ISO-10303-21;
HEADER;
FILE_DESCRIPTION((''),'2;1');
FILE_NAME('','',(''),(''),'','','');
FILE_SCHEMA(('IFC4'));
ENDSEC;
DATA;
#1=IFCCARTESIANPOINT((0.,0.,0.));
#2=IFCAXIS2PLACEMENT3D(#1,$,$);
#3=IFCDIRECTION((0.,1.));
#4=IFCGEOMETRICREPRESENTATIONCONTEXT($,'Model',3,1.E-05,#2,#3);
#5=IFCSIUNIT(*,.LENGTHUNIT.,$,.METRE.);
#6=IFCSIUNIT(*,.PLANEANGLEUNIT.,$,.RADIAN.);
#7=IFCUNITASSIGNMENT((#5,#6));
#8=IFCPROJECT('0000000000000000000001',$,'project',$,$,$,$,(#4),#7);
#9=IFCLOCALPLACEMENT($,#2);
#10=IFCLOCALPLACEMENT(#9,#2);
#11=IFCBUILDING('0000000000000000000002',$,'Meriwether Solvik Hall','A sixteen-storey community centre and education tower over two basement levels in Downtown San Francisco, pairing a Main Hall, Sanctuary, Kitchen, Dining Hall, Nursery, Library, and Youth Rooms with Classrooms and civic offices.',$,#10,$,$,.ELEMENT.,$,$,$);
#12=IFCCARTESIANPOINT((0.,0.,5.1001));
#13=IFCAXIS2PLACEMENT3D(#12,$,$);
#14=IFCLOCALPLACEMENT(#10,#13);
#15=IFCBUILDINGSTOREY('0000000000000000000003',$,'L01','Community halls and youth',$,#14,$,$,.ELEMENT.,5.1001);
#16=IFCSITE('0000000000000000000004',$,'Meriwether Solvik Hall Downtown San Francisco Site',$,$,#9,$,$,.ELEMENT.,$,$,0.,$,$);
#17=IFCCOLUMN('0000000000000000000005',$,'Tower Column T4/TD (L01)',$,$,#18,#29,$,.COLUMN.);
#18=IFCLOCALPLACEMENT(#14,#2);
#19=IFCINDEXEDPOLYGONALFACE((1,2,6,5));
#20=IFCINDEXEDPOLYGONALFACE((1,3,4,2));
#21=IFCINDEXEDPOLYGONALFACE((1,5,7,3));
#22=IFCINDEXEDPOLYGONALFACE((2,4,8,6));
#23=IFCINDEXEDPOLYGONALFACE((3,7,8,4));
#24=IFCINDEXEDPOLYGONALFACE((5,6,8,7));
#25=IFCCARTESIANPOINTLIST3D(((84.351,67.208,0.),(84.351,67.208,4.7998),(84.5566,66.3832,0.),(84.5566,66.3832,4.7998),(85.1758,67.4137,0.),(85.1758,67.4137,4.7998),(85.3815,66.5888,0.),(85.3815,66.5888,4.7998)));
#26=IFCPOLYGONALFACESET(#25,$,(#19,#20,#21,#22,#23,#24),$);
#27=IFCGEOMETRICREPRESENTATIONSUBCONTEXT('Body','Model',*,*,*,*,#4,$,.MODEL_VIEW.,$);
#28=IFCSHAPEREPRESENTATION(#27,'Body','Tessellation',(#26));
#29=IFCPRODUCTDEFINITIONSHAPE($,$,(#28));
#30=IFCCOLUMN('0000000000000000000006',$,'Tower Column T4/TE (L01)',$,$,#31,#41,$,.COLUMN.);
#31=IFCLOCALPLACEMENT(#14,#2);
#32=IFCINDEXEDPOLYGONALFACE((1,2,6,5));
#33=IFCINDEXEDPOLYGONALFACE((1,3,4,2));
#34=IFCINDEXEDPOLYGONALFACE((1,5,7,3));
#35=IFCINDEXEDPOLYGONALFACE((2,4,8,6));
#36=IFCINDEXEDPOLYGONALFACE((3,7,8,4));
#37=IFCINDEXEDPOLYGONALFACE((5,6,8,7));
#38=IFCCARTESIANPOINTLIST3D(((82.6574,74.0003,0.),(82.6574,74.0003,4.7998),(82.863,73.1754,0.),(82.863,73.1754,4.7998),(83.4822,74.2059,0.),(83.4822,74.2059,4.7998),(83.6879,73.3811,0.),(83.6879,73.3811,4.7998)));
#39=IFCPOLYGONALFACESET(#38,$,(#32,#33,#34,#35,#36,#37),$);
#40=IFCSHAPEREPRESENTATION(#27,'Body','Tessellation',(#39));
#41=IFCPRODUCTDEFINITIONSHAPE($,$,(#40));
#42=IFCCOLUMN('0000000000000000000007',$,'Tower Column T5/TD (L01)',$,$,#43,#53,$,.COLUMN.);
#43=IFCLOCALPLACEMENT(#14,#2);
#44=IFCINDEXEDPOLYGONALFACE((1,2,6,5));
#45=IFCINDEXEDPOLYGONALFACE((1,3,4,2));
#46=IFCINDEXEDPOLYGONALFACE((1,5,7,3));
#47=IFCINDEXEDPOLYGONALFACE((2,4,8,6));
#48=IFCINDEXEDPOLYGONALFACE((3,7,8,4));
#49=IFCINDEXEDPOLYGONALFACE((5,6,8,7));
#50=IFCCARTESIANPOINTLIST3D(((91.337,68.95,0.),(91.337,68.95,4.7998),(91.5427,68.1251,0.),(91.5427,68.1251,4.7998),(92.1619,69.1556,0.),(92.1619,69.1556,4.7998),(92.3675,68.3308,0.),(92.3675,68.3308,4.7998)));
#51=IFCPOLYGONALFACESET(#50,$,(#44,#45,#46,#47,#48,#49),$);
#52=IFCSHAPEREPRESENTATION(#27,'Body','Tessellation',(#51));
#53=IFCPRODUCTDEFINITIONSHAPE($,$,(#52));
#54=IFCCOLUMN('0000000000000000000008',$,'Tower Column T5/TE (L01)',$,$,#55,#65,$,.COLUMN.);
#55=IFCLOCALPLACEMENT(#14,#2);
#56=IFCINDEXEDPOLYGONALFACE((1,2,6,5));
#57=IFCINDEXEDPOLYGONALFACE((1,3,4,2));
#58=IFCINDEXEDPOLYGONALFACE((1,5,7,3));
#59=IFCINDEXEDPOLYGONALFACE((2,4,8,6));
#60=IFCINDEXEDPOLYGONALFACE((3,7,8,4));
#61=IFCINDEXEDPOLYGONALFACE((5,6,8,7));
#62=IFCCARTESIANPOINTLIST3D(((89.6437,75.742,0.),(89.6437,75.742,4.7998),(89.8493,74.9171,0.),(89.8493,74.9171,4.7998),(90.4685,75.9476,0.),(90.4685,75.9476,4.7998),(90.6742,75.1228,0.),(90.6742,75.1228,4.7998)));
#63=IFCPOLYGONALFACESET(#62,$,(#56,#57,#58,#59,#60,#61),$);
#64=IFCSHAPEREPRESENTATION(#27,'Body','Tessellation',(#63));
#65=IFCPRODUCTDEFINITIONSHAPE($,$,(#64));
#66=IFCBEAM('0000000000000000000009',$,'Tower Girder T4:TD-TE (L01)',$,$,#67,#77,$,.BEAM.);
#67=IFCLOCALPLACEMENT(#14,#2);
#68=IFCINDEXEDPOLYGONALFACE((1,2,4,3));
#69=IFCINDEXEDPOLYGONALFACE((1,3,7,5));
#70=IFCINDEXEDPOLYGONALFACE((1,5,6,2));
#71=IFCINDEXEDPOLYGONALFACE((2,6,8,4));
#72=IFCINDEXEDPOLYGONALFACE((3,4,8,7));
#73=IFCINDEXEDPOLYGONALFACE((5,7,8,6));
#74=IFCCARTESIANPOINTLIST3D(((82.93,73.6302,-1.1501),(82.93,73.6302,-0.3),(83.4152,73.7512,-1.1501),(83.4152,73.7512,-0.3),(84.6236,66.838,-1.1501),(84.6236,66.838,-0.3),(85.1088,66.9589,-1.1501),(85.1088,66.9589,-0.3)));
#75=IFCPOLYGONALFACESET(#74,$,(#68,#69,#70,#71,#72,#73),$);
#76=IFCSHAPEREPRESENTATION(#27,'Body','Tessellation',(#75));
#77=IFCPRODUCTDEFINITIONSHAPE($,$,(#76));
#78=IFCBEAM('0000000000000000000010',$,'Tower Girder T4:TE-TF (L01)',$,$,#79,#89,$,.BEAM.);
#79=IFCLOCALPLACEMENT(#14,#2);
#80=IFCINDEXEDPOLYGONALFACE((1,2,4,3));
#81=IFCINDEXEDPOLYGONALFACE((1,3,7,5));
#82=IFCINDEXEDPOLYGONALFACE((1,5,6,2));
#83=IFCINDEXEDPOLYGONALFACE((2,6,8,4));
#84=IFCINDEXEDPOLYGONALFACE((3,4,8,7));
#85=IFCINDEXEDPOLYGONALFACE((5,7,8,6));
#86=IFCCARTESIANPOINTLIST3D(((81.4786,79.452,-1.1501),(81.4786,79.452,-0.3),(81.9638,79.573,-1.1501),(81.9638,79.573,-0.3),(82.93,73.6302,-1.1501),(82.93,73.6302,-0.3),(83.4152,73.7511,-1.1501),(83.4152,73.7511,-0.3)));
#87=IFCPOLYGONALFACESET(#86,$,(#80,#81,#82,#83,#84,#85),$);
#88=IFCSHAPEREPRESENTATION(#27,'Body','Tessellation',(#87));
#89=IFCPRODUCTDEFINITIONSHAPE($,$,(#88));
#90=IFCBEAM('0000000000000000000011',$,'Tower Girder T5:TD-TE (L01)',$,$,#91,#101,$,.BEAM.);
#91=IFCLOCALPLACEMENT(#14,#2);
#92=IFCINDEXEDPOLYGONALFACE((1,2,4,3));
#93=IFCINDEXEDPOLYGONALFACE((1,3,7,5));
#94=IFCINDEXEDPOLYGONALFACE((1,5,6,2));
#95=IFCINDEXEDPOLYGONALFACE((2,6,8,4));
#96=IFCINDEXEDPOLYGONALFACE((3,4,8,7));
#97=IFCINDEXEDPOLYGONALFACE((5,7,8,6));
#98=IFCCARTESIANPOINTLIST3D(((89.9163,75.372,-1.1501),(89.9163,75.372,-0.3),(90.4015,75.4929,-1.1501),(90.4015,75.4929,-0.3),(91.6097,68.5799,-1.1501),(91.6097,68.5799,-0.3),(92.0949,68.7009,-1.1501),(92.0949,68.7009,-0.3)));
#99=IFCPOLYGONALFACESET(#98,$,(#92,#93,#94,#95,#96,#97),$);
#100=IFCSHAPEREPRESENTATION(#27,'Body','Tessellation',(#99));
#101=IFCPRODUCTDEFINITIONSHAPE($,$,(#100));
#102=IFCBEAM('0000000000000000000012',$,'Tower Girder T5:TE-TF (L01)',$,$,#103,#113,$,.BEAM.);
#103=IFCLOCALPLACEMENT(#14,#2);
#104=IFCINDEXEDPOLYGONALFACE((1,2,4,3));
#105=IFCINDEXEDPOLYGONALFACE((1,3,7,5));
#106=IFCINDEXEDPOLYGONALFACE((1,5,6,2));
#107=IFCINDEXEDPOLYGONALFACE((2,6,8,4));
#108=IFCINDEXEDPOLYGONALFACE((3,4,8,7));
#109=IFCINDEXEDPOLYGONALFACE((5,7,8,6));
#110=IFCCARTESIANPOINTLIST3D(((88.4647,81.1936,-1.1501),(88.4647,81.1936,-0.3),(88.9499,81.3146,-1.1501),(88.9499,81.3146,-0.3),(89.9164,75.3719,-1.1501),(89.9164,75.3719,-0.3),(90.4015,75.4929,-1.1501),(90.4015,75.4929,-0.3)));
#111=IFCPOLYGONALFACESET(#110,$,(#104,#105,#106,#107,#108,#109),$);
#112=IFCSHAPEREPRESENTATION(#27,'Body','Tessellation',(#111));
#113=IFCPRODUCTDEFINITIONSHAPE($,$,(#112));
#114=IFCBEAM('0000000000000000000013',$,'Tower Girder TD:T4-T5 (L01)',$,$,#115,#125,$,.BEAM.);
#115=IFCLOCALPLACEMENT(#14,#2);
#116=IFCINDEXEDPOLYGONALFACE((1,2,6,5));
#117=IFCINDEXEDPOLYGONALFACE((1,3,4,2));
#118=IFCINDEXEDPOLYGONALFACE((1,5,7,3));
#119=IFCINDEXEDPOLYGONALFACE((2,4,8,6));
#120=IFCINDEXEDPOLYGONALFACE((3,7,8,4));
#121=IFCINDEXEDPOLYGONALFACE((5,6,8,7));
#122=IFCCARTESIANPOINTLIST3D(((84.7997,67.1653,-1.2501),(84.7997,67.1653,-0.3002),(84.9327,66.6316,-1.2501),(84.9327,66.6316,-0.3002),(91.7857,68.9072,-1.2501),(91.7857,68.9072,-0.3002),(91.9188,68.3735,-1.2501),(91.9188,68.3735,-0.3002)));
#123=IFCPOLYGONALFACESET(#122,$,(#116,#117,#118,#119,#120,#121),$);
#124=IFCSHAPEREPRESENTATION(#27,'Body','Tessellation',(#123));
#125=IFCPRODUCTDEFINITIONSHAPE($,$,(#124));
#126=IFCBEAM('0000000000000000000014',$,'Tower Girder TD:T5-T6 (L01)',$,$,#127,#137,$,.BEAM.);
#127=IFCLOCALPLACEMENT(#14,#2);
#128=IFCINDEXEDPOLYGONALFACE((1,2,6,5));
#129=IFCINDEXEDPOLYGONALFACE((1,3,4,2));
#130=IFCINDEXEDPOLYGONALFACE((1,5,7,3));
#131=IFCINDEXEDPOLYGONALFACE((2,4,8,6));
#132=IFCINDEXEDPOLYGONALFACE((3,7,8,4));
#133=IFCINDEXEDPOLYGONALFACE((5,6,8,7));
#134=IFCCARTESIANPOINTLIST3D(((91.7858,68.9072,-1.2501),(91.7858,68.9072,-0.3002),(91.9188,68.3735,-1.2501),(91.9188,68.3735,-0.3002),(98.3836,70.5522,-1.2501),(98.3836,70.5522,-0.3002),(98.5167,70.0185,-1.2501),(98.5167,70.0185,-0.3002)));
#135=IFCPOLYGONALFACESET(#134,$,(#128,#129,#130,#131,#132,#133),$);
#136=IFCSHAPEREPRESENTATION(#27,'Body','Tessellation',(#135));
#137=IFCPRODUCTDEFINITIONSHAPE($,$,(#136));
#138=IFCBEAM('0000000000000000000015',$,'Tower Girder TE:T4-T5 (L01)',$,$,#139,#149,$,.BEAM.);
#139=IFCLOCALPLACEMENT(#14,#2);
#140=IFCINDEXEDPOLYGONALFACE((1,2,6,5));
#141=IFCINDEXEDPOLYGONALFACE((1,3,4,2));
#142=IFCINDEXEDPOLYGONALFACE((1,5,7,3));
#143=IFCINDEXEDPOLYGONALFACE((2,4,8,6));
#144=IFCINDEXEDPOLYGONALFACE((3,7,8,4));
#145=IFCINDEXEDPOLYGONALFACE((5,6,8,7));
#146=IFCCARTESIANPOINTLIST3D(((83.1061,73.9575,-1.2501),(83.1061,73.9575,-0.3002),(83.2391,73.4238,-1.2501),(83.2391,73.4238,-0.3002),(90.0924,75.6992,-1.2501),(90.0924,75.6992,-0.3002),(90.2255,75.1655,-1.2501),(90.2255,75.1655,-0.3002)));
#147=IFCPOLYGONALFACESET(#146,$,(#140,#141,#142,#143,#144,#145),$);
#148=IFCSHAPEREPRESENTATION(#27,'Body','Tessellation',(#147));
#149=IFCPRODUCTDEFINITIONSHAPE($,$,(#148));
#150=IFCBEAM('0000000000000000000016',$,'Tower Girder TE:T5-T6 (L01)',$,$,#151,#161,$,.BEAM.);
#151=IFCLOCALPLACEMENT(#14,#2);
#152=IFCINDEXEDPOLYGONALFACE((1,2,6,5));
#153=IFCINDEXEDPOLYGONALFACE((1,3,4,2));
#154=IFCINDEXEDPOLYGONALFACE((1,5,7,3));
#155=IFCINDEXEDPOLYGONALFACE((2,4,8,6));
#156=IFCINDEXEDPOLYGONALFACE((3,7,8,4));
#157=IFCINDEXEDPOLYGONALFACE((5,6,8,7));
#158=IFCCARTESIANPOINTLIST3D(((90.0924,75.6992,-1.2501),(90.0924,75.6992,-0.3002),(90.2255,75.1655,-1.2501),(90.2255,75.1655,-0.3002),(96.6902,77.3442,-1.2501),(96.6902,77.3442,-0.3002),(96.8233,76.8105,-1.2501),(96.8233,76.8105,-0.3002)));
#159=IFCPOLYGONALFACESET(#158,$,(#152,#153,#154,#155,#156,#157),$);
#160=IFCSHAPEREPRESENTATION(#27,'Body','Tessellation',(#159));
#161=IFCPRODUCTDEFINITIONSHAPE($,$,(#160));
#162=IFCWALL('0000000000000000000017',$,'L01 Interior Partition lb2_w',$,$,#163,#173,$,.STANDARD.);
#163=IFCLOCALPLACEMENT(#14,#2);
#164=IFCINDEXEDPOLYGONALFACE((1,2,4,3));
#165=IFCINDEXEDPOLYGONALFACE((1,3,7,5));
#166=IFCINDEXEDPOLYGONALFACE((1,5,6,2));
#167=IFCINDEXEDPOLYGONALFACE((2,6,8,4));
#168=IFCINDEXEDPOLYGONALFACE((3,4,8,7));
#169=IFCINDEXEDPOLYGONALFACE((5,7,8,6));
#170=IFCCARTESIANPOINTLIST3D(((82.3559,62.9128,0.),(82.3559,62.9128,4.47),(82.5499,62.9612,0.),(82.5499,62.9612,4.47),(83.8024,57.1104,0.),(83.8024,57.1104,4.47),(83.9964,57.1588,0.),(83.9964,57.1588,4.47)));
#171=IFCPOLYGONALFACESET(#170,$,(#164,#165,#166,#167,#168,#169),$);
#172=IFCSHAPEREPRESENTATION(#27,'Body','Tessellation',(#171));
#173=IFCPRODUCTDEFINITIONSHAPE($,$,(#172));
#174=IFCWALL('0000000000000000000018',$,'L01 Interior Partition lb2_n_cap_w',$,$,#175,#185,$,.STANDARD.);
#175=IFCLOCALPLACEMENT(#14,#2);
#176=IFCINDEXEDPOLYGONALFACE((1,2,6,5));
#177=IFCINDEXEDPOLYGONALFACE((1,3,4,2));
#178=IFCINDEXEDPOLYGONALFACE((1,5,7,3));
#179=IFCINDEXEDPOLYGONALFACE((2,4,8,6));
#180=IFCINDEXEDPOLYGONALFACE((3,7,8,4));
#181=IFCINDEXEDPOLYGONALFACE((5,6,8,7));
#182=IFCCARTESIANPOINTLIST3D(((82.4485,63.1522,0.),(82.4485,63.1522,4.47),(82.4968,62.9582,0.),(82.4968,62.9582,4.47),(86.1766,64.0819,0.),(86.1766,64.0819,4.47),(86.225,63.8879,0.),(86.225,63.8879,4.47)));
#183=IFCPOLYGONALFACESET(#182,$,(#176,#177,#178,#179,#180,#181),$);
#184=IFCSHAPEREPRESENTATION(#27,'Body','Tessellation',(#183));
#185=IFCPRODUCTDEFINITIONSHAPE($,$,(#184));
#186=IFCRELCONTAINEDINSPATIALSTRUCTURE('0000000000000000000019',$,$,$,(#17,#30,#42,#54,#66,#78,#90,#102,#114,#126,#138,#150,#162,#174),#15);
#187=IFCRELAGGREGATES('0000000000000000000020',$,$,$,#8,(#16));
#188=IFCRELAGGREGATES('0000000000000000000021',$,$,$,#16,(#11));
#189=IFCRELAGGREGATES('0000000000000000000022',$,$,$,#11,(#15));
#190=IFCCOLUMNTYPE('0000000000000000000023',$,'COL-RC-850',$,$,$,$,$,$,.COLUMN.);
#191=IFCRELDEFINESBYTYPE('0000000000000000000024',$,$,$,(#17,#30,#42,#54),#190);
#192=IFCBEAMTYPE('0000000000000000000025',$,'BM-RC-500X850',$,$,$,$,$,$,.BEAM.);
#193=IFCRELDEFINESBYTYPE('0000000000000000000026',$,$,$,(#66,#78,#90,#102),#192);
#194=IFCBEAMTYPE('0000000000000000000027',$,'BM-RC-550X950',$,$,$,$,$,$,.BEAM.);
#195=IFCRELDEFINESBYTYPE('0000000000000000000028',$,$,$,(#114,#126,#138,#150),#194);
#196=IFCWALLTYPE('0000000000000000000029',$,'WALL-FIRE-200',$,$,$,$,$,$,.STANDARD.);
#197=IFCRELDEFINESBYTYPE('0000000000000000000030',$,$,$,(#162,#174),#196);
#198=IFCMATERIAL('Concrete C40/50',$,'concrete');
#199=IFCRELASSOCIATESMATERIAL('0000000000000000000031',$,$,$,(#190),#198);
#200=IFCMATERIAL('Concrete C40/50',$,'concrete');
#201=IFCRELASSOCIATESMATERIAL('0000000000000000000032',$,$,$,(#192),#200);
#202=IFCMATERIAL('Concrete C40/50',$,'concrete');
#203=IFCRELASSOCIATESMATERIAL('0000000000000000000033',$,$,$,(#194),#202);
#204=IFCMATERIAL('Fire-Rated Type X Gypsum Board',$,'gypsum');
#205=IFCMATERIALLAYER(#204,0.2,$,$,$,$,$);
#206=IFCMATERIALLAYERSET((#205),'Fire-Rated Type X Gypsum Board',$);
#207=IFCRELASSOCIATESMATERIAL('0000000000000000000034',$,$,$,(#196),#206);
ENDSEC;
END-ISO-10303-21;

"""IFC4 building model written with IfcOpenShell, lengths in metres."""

from ifc_helpers import new_model, si_unit, direction, frame, frame_2d, origin, origin_2d, place, context, subcontext, project, spatial, rectangle, extrude, material, layer, layer_set, material_profile, profile_set, type_object, element, save


model = new_model("IFC4")

# Units and contexts
model_context = context("Model", 3, precision=1e-05, world=origin(), true_north=direction((0.0, 1.0)))
body_context = subcontext(model_context, "Body", "Model", "MODEL_VIEW")
ifc_project = project(units=[si_unit("LENGTHUNIT", "METRE"), si_unit("PLANEANGLEUNIT", "RADIAN")], contexts=[model_context])

# Site, building, storey
site_placement = place(None, origin())
site = spatial("IfcSite", under=ifc_project, at=site_placement, Name="Meriwether Solvik Hall Downtown San Francisco Site", CompositionType="ELEMENT", RefElevation=0.0)
building_placement = place(site_placement, origin())
building = spatial("IfcBuilding", under=site, at=building_placement, Name="Meriwether Solvik Hall", Description="A sixteen-storey community centre and education tower over two basement levels in Downtown San Francisco, pairing a Main Hall, Sanctuary, Kitchen, Dining Hall, Nursery, Library, and Youth Rooms with Classrooms and civic offices.", CompositionType="ELEMENT")
storey_placement = place(building_placement, frame((0.0, 0.0, 5.1001)))
storey = spatial("IfcBuildingStorey", under=building, at=storey_placement, Name="L01", Description="Community halls and youth", CompositionType="ELEMENT", Elevation=5.1001)

# Columns
ifc_material_1 = material(Name="Concrete C40/50", Category="concrete")
ifc_material_profile_1 = material_profile(ifc_material_1, rectangle(XDim=0.8501, YDim=0.8501, at=origin_2d()), Name="RCC-850X850")
ifc_profile_set_1 = profile_set([ifc_material_profile_1], Name="Concrete C40/50")
column_type = type_object("IfcColumnType", Name="COL-RC-850", PredefinedType="COLUMN", material=ifc_profile_set_1)
for number, where, z_axis, x_axis, name in (
    (1, (84.8662, 66.8984, 0.0), (0.0, 0.0, 1.0), (0.970296, 0.241922, 0.0), "Tower Column T4/TD (L01)"),
    (2, (83.1726, 73.6907, 0.0), (0.0, 0.0, 1.0), (0.970296, 0.241922, 0.0), "Tower Column T4/TE (L01)"),
    (3, (91.8523, 68.6404, 0.0), (0.0, 0.0, 1.0), (0.970296, 0.241922, 0.0), "Tower Column T5/TD (L01)"),
    (4, (90.1589, 75.4324, 0.0), (0.0, 0.0, 1.0), (0.970296, 0.241922, 0.0), "Tower Column T5/TE (L01)"),
):
    element("IfcColumn", number, at=place(storey_placement, frame(where, z_axis=z_axis, x_axis=x_axis)), inside=storey, type_object=column_type, Name=name, PredefinedType="COLUMN", context=body_context, shape_type="SweptSolid", body=[
        extrude(rectangle(XDim=0.8501, YDim=0.8501, at=origin_2d()), origin(), (0.0, 0.0, 1.0), 4.7998),
    ])

# Beams
ifc_material_2 = material(Name="Concrete C40/50", Category="concrete")
ifc_material_profile_2 = material_profile(ifc_material_2, rectangle(XDim=0.5, YDim=0.8501, at=origin_2d()), Name="RCB-500X850")
ifc_profile_set_2 = profile_set([ifc_material_profile_2], Name="Concrete C40/50")
beam_type_1 = type_object("IfcBeamType", Name="BM-RC-500X850", PredefinedType="BEAM", material=ifc_profile_set_2)
beam_1_placement = place(storey_placement, frame((84.8662, 66.8984, -0.7251), z_axis=(-0.241937, 0.970292, 0.0), x_axis=(-0.970292, -0.241937, 0.0)))
element("IfcBeam", 5, at=beam_1_placement, inside=storey, type_object=beam_type_1, Name="Tower Girder T4:TD-TE (L01)", PredefinedType="BEAM", context=body_context, shape_type="SweptSolid", body=[
    extrude(rectangle(XDim=0.5, YDim=0.8501, at=origin_2d()), origin(), (0.0, 0.0, 1.0), 7.0002),
])
beam_2_placement = place(storey_placement, frame((83.1726, 73.6907, -0.7251), z_axis=(-0.241904, 0.9703, 0.0), x_axis=(-0.9703, -0.241904, 0.0)))
element("IfcBeam", 6, at=beam_2_placement, inside=storey, type_object=beam_type_1, Name="Tower Girder T4:TE-TF (L01)", PredefinedType="BEAM", context=body_context, shape_type="SweptSolid", body=[
    extrude(rectangle(XDim=0.5, YDim=0.8501, at=origin_2d()), origin(), (0.0, 0.0, 1.0), 6.0),
])
beam_3_placement = place(storey_placement, frame((91.8523, 68.6404, -0.7251), z_axis=(-0.241912, 0.970298, 0.0), x_axis=(-0.970298, -0.241912, 0.0)))
element("IfcBeam", 7, at=beam_3_placement, inside=storey, type_object=beam_type_1, Name="Tower Girder T5:TD-TE (L01)", PredefinedType="BEAM", context=body_context, shape_type="SweptSolid", body=[
    extrude(rectangle(XDim=0.5, YDim=0.8501, at=origin_2d()), origin(), (0.0, 0.0, 1.0), 7.0),
])
beam_4_placement = place(storey_placement, frame((90.1589, 75.4324, -0.7251), z_axis=(-0.241942, 0.970291, 0.0), x_axis=(-0.970291, -0.241942, 0.0)))
element("IfcBeam", 8, at=beam_4_placement, inside=storey, type_object=beam_type_1, Name="Tower Girder T5:TE-TF (L01)", PredefinedType="BEAM", context=body_context, shape_type="SweptSolid", body=[
    extrude(rectangle(XDim=0.5, YDim=0.8501, at=origin_2d()), origin(), (0.0, 0.0, 1.0), 6.0),
])
ifc_material_3 = material(Name="Concrete C40/50", Category="concrete")
ifc_material_profile_3 = material_profile(ifc_material_3, rectangle(XDim=0.55, YDim=0.95, at=origin_2d()), Name="RCB-550X950")
ifc_profile_set_3 = profile_set([ifc_material_profile_3], Name="Concrete C40/50")
beam_type_2 = type_object("IfcBeamType", Name="BM-RC-550X950", PredefinedType="BEAM", material=ifc_profile_set_3)
beam_5_placement = place(storey_placement, frame((84.8662, 66.8984, -0.7751), z_axis=(0.970292, 0.241937, 0.0), x_axis=(-0.241937, 0.970292, 0.0)))
element("IfcBeam", 9, at=beam_5_placement, inside=storey, type_object=beam_type_2, Name="Tower Girder TD:T4-T5 (L01)", PredefinedType="BEAM", context=body_context, shape_type="SweptSolid", body=[
    extrude(rectangle(XDim=0.55, YDim=0.95, at=origin_2d()), origin(), (0.0, 0.0, 1.0), 7.2),
])
beam_6_placement = place(storey_placement, frame((91.8523, 68.6404, -0.7751), z_axis=(0.970296, 0.241919, 0.0), x_axis=(-0.241919, 0.970296, 0.0)))
element("IfcBeam", 10, at=beam_6_placement, inside=storey, type_object=beam_type_2, Name="Tower Girder TD:T5-T6 (L01)", PredefinedType="BEAM", context=body_context, shape_type="SweptSolid", body=[
    extrude(rectangle(XDim=0.55, YDim=0.95, at=origin_2d()), origin(), (0.0, 0.0, 1.0), 6.7998),
])
beam_7_placement = place(storey_placement, frame((83.1726, 73.6907, -0.7751), z_axis=(0.970302, 0.241897, 0.0), x_axis=(-0.241897, 0.970302, 0.0)))
element("IfcBeam", 11, at=beam_7_placement, inside=storey, type_object=beam_type_2, Name="Tower Girder TE:T4-T5 (L01)", PredefinedType="BEAM", context=body_context, shape_type="SweptSolid", body=[
    extrude(rectangle(XDim=0.55, YDim=0.95, at=origin_2d()), origin(), (0.0, 0.0, 1.0), 7.2002),
])
beam_8_placement = place(storey_placement, frame((90.1589, 75.4324, -0.7751), z_axis=(0.970296, 0.241919, 0.0), x_axis=(-0.241919, 0.970296, 0.0)))
element("IfcBeam", 12, at=beam_8_placement, inside=storey, type_object=beam_type_2, Name="Tower Girder TE:T5-T6 (L01)", PredefinedType="BEAM", context=body_context, shape_type="SweptSolid", body=[
    extrude(rectangle(XDim=0.55, YDim=0.95, at=origin_2d()), origin(), (0.0, 0.0, 1.0), 6.7998),
])

# Walls
ifc_material_4 = material(Name="Fire-Rated Type X Gypsum Board", Category="gypsum")
ifc_layer_1 = layer(ifc_material_4, 0.2)
ifc_layer_set_1 = layer_set([ifc_layer_1], Name="Fire-Rated Type X Gypsum Board")
wall_type_1 = type_object("IfcWallType", Name="WALL-FIRE-200", PredefinedType="STANDARD", material=ifc_layer_set_1)
wall_1_placement = place(storey_placement, frame((82.4529, 62.937, 0.0), z_axis=(0.0, 0.0, 1.0), x_axis=(0.241892, -0.970303, 0.0)))
element("IfcWall", 13, at=wall_1_placement, inside=storey, type_object=wall_type_1, Name="L01 Interior Partition lb2_w", PredefinedType="STANDARD", context=body_context, shape_type="SweptSolid", body=[
    extrude(rectangle(XDim=5.98, YDim=0.2, at=frame_2d((2.99, 0.0))), origin(), (0.0, 0.0, 1.0), 4.47),
])
wall_2_placement = place(storey_placement, frame((82.4727, 63.0552, 0.0), z_axis=(0.0, 0.0, 1.0), x_axis=(0.970284, 0.241967, 0.0)))
element("IfcWall", 14, at=wall_2_placement, inside=storey, type_object=wall_type_1, Name="L01 Interior Partition lb2_n_cap_w", PredefinedType="STANDARD", context=body_context, shape_type="SweptSolid", body=[
    extrude(rectangle(XDim=3.8423, YDim=0.2, at=frame_2d((1.9211, 0.0))), origin(), (0.0, 0.0, 1.0), 4.47),
])

save(model, "model.ifc")
